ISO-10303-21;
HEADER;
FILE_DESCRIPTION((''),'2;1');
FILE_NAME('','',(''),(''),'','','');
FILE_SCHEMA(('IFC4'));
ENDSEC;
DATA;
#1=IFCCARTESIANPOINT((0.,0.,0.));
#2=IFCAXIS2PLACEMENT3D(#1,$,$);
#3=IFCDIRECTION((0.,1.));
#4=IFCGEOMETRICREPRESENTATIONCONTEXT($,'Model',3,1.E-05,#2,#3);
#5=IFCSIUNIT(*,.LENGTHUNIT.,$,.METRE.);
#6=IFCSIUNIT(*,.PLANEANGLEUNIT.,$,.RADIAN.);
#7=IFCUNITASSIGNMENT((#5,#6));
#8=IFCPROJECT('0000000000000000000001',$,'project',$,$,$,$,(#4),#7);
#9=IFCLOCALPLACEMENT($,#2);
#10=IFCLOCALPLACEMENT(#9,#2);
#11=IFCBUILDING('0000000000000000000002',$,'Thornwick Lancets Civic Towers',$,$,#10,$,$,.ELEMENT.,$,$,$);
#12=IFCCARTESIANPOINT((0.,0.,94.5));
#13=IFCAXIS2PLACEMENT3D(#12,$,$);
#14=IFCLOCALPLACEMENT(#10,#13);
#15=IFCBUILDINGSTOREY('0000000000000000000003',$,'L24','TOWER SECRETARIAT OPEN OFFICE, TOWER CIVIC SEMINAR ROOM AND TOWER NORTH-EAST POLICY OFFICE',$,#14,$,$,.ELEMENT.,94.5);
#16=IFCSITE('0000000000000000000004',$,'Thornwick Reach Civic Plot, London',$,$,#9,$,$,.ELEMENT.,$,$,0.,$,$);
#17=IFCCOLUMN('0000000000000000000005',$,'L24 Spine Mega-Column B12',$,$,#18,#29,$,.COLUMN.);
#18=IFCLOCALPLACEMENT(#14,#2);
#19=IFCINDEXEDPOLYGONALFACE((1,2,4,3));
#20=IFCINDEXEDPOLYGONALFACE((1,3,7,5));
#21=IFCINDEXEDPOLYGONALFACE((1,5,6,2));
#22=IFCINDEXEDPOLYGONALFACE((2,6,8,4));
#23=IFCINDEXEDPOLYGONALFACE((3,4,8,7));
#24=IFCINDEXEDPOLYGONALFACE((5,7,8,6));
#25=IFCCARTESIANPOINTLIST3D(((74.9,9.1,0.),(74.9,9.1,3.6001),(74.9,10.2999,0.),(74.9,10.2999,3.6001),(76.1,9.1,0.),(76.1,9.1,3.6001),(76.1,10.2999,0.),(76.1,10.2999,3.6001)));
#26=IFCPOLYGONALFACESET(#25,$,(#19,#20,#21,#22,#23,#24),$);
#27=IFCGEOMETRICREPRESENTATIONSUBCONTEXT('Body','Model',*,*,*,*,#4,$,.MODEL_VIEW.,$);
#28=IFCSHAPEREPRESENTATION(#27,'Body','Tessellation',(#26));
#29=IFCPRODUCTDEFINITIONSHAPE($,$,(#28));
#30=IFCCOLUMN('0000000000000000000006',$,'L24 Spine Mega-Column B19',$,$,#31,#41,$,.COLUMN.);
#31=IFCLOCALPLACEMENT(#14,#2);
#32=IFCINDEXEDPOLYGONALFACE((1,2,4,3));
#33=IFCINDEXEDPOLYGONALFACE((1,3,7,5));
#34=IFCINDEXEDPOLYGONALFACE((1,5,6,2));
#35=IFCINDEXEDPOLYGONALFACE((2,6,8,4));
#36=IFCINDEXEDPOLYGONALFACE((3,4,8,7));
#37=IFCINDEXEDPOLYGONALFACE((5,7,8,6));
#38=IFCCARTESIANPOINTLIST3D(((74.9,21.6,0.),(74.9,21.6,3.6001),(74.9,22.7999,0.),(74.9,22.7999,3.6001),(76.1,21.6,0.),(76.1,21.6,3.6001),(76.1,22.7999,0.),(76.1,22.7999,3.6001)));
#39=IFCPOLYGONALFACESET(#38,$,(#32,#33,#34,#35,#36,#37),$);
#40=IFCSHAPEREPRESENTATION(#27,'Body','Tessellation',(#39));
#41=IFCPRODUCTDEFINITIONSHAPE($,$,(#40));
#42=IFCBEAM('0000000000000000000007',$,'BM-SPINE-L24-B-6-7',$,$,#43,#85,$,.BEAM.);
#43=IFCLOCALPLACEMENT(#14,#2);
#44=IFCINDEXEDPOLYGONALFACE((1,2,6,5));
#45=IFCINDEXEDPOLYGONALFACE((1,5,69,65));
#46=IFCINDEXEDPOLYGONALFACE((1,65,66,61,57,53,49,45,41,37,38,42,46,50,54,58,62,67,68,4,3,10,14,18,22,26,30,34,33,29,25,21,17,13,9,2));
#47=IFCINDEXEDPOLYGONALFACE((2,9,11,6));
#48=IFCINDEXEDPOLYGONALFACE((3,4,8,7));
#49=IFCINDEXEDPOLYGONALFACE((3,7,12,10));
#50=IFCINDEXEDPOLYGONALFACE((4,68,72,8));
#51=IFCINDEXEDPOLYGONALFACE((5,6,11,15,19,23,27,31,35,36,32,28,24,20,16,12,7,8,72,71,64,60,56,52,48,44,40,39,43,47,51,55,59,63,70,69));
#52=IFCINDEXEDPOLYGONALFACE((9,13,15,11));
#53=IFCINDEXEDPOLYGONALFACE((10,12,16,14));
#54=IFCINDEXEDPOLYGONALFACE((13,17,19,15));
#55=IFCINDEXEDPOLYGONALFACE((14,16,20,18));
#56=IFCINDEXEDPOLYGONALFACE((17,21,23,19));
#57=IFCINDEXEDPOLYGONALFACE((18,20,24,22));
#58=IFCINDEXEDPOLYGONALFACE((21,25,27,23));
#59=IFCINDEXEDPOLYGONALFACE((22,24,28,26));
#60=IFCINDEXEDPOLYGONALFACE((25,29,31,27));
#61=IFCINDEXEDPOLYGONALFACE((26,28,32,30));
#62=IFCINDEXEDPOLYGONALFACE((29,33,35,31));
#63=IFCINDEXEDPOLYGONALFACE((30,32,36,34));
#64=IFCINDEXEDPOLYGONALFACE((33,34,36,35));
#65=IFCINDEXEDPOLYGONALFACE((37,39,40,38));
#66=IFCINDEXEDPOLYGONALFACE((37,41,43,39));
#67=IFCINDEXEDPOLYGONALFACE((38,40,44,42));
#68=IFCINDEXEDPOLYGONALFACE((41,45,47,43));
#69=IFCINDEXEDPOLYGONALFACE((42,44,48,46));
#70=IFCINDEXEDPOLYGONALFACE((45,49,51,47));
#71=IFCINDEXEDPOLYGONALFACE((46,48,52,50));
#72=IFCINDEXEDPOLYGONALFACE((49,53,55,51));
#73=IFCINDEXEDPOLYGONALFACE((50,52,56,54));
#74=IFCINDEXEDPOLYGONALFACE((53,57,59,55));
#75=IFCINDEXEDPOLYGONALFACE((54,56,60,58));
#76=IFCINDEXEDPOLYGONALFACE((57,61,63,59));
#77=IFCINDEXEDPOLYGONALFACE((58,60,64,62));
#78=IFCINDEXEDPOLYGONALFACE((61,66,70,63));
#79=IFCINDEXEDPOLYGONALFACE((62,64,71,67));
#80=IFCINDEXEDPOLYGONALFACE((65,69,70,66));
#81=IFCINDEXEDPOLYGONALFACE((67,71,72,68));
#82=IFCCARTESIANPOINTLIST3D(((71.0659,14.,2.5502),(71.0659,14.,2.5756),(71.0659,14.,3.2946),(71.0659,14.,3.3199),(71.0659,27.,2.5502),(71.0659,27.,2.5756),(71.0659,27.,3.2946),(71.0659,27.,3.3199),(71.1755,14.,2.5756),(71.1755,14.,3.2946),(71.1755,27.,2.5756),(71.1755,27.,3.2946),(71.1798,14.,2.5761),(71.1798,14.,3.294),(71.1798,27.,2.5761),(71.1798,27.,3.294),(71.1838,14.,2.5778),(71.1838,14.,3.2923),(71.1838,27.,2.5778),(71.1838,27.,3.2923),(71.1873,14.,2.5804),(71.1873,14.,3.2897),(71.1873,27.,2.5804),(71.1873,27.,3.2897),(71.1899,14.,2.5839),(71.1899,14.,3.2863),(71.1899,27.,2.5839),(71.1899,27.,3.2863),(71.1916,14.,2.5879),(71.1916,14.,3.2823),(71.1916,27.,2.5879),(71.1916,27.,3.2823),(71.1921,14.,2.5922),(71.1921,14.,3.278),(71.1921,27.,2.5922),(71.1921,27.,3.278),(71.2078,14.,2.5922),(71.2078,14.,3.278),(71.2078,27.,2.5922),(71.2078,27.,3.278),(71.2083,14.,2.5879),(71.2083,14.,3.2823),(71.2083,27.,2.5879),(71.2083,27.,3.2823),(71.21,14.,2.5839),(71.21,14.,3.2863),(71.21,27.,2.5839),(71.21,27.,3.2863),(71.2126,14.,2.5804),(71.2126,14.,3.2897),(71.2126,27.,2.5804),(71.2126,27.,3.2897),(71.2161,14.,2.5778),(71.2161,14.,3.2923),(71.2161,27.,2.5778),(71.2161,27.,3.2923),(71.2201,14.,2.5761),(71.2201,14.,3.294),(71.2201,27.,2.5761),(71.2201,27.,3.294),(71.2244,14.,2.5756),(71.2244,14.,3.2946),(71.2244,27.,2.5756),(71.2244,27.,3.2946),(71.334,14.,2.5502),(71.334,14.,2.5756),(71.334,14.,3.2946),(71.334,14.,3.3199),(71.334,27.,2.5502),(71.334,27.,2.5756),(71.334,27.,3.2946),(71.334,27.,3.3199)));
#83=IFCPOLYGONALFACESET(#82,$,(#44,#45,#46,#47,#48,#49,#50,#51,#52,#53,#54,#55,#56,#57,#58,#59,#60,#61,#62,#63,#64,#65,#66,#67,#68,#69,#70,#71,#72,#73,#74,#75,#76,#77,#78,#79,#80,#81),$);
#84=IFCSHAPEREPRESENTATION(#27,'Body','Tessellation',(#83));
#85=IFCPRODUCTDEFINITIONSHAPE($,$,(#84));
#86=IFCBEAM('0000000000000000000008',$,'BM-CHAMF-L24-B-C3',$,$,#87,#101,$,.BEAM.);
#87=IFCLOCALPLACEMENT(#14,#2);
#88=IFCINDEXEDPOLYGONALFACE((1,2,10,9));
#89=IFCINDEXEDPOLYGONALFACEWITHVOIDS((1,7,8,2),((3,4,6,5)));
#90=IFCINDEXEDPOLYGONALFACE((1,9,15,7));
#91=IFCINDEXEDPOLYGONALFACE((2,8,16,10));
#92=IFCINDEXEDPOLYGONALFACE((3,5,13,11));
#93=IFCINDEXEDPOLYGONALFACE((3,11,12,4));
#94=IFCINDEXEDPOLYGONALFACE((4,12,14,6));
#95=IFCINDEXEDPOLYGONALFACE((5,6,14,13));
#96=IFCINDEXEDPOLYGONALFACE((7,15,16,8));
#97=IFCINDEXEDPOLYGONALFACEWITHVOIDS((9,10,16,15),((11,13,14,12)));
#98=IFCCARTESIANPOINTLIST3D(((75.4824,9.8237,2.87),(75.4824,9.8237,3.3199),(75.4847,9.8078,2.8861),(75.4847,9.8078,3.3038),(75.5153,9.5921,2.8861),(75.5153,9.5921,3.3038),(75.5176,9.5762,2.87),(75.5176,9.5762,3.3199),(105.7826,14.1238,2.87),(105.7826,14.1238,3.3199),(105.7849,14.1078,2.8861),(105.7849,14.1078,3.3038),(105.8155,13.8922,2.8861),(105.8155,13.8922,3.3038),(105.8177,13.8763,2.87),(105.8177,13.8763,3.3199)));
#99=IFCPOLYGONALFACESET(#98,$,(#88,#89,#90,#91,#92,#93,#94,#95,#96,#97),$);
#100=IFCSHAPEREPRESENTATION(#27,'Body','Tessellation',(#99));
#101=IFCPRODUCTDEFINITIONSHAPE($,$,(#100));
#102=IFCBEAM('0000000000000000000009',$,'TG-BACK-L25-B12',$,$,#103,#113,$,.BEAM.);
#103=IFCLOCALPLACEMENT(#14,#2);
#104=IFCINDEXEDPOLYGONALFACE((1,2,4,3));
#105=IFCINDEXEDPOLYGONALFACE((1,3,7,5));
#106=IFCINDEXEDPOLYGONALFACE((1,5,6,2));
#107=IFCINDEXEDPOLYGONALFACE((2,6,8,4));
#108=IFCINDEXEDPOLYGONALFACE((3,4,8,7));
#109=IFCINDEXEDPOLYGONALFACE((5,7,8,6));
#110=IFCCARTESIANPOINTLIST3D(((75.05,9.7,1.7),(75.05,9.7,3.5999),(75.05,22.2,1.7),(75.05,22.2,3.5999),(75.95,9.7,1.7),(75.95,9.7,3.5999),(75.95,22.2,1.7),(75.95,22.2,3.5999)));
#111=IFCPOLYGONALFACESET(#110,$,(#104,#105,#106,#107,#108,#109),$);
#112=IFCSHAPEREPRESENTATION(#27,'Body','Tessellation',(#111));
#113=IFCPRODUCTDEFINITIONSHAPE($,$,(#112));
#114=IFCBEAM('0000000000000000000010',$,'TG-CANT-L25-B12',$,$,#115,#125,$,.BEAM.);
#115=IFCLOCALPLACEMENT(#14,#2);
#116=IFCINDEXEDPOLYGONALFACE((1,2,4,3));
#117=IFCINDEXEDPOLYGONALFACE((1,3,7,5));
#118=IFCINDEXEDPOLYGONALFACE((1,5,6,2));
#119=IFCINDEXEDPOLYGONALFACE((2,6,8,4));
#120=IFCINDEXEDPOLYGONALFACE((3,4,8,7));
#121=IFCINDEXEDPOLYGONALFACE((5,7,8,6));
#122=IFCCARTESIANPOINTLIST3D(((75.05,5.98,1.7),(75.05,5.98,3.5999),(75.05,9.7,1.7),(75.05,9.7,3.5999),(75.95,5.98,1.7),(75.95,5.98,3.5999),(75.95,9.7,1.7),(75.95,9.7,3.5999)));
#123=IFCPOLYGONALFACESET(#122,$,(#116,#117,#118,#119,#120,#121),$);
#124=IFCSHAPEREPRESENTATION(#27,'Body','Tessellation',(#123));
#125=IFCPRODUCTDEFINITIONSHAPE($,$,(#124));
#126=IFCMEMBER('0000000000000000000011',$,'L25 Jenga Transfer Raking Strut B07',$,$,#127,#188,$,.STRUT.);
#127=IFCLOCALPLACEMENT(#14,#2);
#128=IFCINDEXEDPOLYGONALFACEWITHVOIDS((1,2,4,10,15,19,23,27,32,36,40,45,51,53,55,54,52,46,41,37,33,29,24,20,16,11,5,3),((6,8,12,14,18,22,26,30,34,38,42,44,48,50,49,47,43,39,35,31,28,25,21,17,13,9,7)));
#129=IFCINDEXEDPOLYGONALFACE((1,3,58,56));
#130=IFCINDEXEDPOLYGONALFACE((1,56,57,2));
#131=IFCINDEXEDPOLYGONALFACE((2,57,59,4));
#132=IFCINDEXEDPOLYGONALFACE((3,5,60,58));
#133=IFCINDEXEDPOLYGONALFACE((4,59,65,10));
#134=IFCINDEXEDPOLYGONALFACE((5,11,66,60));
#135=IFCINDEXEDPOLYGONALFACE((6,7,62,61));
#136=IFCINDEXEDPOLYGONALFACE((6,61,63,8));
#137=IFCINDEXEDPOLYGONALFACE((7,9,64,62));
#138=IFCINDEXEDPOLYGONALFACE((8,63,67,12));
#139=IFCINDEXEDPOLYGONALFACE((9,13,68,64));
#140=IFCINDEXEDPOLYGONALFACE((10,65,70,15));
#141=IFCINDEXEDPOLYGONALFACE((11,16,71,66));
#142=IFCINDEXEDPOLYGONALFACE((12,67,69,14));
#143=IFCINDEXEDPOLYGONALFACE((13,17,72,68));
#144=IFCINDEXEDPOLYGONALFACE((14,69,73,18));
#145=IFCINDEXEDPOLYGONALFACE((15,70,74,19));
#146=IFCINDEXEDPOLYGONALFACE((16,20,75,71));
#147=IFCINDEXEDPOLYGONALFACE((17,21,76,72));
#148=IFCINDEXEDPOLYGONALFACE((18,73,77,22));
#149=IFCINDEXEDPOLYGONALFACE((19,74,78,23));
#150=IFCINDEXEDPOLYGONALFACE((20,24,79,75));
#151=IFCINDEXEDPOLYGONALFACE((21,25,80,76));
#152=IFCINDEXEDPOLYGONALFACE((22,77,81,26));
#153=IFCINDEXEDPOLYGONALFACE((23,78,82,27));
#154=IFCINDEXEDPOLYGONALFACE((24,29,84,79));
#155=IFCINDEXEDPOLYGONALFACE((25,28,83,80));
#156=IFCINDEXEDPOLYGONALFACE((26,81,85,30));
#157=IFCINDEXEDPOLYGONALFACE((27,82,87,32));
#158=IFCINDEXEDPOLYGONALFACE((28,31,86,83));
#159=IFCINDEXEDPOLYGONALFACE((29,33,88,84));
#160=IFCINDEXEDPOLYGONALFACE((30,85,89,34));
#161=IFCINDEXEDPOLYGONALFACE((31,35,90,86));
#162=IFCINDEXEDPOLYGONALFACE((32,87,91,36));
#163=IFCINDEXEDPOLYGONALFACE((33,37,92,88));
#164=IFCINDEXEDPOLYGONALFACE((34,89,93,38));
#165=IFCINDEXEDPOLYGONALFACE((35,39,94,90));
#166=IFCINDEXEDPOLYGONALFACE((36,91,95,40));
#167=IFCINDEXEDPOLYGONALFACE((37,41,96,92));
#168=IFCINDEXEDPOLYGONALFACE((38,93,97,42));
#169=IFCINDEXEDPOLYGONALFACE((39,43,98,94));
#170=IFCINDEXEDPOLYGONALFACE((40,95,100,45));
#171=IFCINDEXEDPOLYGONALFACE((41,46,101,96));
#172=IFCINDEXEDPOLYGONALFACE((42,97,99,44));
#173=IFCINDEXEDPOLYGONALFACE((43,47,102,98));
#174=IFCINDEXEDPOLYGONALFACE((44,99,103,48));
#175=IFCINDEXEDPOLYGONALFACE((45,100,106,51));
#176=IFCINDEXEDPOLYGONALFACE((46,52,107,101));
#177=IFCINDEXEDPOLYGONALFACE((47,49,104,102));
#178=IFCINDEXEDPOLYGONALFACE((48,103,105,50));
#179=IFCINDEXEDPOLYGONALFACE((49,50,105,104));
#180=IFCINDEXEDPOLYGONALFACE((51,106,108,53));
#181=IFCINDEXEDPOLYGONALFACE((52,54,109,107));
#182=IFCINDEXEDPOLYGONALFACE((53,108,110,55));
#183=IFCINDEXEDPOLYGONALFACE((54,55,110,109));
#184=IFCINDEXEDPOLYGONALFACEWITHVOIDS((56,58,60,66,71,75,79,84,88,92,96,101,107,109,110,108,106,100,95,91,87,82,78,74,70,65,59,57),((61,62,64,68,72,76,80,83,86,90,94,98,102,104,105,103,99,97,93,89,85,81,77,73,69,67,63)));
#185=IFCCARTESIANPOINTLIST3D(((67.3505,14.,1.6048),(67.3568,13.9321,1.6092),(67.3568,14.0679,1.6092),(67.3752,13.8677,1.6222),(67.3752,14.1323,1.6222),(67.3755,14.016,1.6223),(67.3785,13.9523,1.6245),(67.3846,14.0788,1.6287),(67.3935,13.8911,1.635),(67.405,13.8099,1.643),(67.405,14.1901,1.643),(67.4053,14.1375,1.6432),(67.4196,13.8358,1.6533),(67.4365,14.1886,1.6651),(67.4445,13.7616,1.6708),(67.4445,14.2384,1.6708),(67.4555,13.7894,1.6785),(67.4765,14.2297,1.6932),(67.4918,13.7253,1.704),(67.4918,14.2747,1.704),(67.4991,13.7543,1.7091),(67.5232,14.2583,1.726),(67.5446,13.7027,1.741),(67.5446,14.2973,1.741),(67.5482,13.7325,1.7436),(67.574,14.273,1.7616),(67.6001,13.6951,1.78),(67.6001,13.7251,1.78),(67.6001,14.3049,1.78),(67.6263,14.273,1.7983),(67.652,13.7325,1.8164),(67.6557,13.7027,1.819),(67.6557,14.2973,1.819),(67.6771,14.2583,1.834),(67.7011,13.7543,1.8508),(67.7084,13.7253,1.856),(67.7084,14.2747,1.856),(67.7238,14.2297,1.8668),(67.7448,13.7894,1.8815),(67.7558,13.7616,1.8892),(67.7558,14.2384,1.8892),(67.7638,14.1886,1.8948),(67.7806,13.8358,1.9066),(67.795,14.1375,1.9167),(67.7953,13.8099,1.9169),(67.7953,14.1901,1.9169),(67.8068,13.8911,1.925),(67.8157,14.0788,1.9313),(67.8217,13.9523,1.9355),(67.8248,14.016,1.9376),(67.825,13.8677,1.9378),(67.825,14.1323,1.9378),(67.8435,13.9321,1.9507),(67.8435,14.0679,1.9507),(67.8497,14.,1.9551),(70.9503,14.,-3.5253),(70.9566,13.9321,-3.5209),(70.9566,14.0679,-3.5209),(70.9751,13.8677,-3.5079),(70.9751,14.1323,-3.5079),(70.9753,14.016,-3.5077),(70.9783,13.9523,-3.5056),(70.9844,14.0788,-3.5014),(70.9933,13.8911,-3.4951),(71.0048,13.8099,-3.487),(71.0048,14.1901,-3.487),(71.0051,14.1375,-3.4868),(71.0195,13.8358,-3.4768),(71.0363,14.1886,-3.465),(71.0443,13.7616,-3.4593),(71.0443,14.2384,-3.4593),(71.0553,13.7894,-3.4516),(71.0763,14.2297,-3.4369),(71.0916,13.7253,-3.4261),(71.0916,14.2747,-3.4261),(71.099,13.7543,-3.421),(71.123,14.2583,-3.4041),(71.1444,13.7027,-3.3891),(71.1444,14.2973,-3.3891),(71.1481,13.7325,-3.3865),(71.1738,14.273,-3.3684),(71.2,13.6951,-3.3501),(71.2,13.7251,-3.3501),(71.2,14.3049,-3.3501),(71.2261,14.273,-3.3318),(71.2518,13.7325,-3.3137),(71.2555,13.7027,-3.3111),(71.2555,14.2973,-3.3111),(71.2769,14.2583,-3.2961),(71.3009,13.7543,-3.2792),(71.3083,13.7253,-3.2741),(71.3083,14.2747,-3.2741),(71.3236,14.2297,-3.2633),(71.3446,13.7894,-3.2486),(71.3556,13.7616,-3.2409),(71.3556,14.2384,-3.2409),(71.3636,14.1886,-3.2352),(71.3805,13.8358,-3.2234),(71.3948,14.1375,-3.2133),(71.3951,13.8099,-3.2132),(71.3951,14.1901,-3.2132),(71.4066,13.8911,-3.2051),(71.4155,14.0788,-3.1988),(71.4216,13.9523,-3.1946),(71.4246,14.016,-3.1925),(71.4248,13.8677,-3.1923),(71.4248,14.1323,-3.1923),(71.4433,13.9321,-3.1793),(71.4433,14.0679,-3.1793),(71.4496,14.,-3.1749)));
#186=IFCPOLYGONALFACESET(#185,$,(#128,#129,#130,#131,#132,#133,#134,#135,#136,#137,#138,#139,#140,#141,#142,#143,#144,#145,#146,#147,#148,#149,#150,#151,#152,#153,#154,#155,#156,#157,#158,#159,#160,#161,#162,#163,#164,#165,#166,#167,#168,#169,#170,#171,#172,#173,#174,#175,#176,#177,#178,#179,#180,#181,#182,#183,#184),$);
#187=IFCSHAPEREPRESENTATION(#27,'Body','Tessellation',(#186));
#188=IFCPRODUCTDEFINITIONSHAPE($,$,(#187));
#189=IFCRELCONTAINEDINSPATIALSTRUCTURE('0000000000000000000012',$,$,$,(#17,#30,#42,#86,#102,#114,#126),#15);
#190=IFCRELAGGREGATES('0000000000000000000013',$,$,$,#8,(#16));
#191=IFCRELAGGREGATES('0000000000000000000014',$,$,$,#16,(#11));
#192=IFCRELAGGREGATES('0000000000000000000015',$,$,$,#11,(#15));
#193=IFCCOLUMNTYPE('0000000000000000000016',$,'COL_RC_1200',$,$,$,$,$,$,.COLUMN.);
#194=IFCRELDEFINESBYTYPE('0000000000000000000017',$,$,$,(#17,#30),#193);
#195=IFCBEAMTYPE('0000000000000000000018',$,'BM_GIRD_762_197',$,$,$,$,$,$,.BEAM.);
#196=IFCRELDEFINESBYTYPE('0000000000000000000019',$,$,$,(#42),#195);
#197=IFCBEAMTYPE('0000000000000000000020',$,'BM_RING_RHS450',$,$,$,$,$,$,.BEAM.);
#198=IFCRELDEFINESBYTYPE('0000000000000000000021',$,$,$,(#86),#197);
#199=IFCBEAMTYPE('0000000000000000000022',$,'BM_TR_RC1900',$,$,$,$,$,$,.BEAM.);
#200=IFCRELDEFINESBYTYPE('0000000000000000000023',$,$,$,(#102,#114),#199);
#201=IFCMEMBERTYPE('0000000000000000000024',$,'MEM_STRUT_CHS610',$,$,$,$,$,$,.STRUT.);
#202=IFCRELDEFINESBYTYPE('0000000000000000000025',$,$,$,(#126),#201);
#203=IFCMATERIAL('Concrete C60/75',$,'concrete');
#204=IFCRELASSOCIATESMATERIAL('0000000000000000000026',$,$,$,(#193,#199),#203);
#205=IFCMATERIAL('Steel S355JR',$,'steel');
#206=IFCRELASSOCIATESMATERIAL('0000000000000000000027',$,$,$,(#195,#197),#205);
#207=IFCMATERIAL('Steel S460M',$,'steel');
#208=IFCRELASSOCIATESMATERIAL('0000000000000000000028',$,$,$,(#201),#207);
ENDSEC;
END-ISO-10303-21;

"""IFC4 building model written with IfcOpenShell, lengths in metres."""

from ifc_helpers import new_model, si_unit, direction, frame, origin, origin_2d, place, context, subcontext, project, spatial, rectangle, hollow_rectangle, hollow_circle, i_section, extrude, material, material_profile, profile_set, type_object, element, save


model = new_model("IFC4")

# Units and contexts
model_context = context("Model", 3, precision=1e-05, world=origin(), true_north=direction((0.0, 1.0)))
body_context = subcontext(model_context, "Body", "Model", "MODEL_VIEW")
ifc_project = project(units=[si_unit("LENGTHUNIT", "METRE"), si_unit("PLANEANGLEUNIT", "RADIAN")], contexts=[model_context])

# Site, building, storey
site_placement = place(None, origin())
site = spatial("IfcSite", under=ifc_project, at=site_placement, Name="Thornwick Reach Civic Plot, London", CompositionType="ELEMENT", RefElevation=0.0)
building_placement = place(site_placement, origin())
building = spatial("IfcBuilding", under=site, at=building_placement, Name="Thornwick Lancets Civic Towers", CompositionType="ELEMENT")
storey_placement = place(building_placement, frame((0.0, 0.0, 94.5)))
storey = spatial("IfcBuildingStorey", under=building, at=storey_placement, Name="L24", Description="TOWER SECRETARIAT OPEN OFFICE, TOWER CIVIC SEMINAR ROOM AND TOWER NORTH-EAST POLICY OFFICE", CompositionType="ELEMENT", Elevation=94.5)

# Columns
ifc_material_1 = material(Name="Concrete C60/75", Category="concrete")
ifc_material_profile_1 = material_profile(ifc_material_1, rectangle(XDim=1.2, YDim=1.2, at=origin_2d()), Name="RC 1200x1200")
ifc_profile_set_1 = profile_set([ifc_material_profile_1], Name="Concrete C60/75")
column_type = type_object("IfcColumnType", Name="COL_RC_1200", PredefinedType="COLUMN", material=ifc_profile_set_1)
for number, where, z_axis, x_axis, name in (
    (1, (75.5, 9.7, 0.0), (0.0, 0.0, 1.0), (1.0, 0.0, 0.0), "L24 Spine Mega-Column B12"),
    (2, (75.5, 22.2, 0.0), (0.0, 0.0, 1.0), (1.0, 0.0, 0.0), "L24 Spine Mega-Column B19"),
):
    element("IfcColumn", number, at=place(storey_placement, frame(where, z_axis=z_axis, x_axis=x_axis)), inside=storey, type_object=column_type, Name=name, PredefinedType="COLUMN", context=body_context, shape_type="SweptSolid", body=[
        extrude(rectangle(XDim=1.2, YDim=1.2, at=origin_2d()), origin(), (0.0, 0.0, 1.0), 3.6001),
    ])

# Beams
ifc_material_2 = material(Name="Steel S355JR", Category="steel")
ifc_material_profile_2 = material_profile(ifc_material_2, i_section(OverallWidth=0.2681, OverallDepth=0.7698, WebThickness=0.0156, FlangeThickness=0.0254, FilletRadius=0.0166, at=origin_2d()), Name="UKB 762x267x197")
ifc_profile_set_2 = profile_set([ifc_material_profile_2], Name="Steel S355JR")
beam_type_1 = type_object("IfcBeamType", Name="BM_GIRD_762_197", PredefinedType="BEAM", material=ifc_profile_set_2)
beam_1_placement = place(storey_placement, frame((71.2, 14.0, 2.9351), z_axis=(0.0, 1.0, 0.0), x_axis=(-1.0, 0.0, 0.0)))
element("IfcBeam", 3, at=beam_1_placement, inside=storey, type_object=beam_type_1, Name="BM-SPINE-L24-B-6-7", PredefinedType="BEAM", context=body_context, shape_type="SweptSolid", body=[
    extrude(i_section(OverallWidth=0.2681, OverallDepth=0.7698, WebThickness=0.0156, FlangeThickness=0.0254, FilletRadius=0.0166, at=origin_2d()), origin(), (0.0, 0.0, 1.0), 13.0),
])
ifc_material_profile_3 = material_profile(ifc_material_2, hollow_rectangle(XDim=0.25, YDim=0.45, WallThickness=0.0161, at=origin_2d()), Name="RHS 450x250x16")
ifc_profile_set_3 = profile_set([ifc_material_profile_3], Name="Steel S355JR")
beam_type_2 = type_object("IfcBeamType", Name="BM_RING_RHS450", PredefinedType="BEAM", material=ifc_profile_set_3)
beam_2_placement = place(storey_placement, frame((75.5, 9.7, 3.095), z_axis=(0.99008, 0.140508, 0.0), x_axis=(-0.140508, 0.99008, 0.0)))
element("IfcBeam", 4, at=beam_2_placement, inside=storey, type_object=beam_type_2, Name="BM-CHAMF-L24-B-C3", PredefinedType="BEAM", context=body_context, shape_type="SweptSolid", body=[
    extrude(hollow_rectangle(XDim=0.25, YDim=0.45, WallThickness=0.0161, at=origin_2d()), origin(), (0.0, 0.0, 1.0), 30.6038),
])
ifc_material_profile_4 = material_profile(ifc_material_1, rectangle(XDim=0.8999, YDim=1.8999, at=origin_2d()), Name="RC 900x1900")
ifc_profile_set_4 = profile_set([ifc_material_profile_4], Name="Concrete C60/75")
beam_type_3 = type_object("IfcBeamType", Name="BM_TR_RC1900", PredefinedType="BEAM", material=ifc_profile_set_4)
beam_3_placement = place(storey_placement, frame((75.5, 22.2, 2.6499), z_axis=(0.0, -1.0, 0.0), x_axis=(1.0, 0.0, 0.0)))
element("IfcBeam", 5, at=beam_3_placement, inside=storey, type_object=beam_type_3, Name="TG-BACK-L25-B12", PredefinedType="BEAM", context=body_context, shape_type="SweptSolid", body=[
    extrude(rectangle(XDim=0.8999, YDim=1.8999, at=origin_2d()), origin(), (0.0, 0.0, 1.0), 12.5),
])
beam_4_placement = place(storey_placement, frame((75.5, 9.7, 2.6499), z_axis=(0.0, -1.0, 0.0), x_axis=(1.0, 0.0, 0.0)))
element("IfcBeam", 6, at=beam_4_placement, inside=storey, type_object=beam_type_3, Name="TG-CANT-L25-B12", PredefinedType="BEAM", context=body_context, shape_type="SweptSolid", body=[
    extrude(rectangle(XDim=0.8999, YDim=1.8999, at=origin_2d()), origin(), (0.0, 0.0, 1.0), 3.72),
])

# Member
ifc_material_3 = material(Name="Steel S460M", Category="steel")
ifc_material_profile_5 = material_profile(ifc_material_3, hollow_circle(Radius=0.3049, WallThickness=0.03, at=origin_2d()), Name="CHS 610x30")
ifc_profile_set_5 = profile_set([ifc_material_profile_5], Name="Steel S460M")
member_type = type_object("IfcMemberType", Name="MEM_STRUT_CHS610", PredefinedType="STRUT", material=ifc_profile_set_5)
for number, where, z_axis, x_axis, name in (
    (7, (71.2, 14.0, -3.3501), (-0.574401, 0.0, 0.818574), (0.0, -1.0, 0.0), "L25 Jenga Transfer Raking Strut B07"),
):
    element("IfcMember", number, at=place(storey_placement, frame(where, z_axis=z_axis, x_axis=x_axis)), inside=storey, type_object=member_type, Name=name, PredefinedType="STRUT", context=body_context, shape_type="SweptSolid", body=[
        extrude(hollow_circle(Radius=0.3049, WallThickness=0.03, at=origin_2d()), origin(), (0.0, 0.0, 1.0), 6.2671),
    ])

save(model, "model.ifc")
